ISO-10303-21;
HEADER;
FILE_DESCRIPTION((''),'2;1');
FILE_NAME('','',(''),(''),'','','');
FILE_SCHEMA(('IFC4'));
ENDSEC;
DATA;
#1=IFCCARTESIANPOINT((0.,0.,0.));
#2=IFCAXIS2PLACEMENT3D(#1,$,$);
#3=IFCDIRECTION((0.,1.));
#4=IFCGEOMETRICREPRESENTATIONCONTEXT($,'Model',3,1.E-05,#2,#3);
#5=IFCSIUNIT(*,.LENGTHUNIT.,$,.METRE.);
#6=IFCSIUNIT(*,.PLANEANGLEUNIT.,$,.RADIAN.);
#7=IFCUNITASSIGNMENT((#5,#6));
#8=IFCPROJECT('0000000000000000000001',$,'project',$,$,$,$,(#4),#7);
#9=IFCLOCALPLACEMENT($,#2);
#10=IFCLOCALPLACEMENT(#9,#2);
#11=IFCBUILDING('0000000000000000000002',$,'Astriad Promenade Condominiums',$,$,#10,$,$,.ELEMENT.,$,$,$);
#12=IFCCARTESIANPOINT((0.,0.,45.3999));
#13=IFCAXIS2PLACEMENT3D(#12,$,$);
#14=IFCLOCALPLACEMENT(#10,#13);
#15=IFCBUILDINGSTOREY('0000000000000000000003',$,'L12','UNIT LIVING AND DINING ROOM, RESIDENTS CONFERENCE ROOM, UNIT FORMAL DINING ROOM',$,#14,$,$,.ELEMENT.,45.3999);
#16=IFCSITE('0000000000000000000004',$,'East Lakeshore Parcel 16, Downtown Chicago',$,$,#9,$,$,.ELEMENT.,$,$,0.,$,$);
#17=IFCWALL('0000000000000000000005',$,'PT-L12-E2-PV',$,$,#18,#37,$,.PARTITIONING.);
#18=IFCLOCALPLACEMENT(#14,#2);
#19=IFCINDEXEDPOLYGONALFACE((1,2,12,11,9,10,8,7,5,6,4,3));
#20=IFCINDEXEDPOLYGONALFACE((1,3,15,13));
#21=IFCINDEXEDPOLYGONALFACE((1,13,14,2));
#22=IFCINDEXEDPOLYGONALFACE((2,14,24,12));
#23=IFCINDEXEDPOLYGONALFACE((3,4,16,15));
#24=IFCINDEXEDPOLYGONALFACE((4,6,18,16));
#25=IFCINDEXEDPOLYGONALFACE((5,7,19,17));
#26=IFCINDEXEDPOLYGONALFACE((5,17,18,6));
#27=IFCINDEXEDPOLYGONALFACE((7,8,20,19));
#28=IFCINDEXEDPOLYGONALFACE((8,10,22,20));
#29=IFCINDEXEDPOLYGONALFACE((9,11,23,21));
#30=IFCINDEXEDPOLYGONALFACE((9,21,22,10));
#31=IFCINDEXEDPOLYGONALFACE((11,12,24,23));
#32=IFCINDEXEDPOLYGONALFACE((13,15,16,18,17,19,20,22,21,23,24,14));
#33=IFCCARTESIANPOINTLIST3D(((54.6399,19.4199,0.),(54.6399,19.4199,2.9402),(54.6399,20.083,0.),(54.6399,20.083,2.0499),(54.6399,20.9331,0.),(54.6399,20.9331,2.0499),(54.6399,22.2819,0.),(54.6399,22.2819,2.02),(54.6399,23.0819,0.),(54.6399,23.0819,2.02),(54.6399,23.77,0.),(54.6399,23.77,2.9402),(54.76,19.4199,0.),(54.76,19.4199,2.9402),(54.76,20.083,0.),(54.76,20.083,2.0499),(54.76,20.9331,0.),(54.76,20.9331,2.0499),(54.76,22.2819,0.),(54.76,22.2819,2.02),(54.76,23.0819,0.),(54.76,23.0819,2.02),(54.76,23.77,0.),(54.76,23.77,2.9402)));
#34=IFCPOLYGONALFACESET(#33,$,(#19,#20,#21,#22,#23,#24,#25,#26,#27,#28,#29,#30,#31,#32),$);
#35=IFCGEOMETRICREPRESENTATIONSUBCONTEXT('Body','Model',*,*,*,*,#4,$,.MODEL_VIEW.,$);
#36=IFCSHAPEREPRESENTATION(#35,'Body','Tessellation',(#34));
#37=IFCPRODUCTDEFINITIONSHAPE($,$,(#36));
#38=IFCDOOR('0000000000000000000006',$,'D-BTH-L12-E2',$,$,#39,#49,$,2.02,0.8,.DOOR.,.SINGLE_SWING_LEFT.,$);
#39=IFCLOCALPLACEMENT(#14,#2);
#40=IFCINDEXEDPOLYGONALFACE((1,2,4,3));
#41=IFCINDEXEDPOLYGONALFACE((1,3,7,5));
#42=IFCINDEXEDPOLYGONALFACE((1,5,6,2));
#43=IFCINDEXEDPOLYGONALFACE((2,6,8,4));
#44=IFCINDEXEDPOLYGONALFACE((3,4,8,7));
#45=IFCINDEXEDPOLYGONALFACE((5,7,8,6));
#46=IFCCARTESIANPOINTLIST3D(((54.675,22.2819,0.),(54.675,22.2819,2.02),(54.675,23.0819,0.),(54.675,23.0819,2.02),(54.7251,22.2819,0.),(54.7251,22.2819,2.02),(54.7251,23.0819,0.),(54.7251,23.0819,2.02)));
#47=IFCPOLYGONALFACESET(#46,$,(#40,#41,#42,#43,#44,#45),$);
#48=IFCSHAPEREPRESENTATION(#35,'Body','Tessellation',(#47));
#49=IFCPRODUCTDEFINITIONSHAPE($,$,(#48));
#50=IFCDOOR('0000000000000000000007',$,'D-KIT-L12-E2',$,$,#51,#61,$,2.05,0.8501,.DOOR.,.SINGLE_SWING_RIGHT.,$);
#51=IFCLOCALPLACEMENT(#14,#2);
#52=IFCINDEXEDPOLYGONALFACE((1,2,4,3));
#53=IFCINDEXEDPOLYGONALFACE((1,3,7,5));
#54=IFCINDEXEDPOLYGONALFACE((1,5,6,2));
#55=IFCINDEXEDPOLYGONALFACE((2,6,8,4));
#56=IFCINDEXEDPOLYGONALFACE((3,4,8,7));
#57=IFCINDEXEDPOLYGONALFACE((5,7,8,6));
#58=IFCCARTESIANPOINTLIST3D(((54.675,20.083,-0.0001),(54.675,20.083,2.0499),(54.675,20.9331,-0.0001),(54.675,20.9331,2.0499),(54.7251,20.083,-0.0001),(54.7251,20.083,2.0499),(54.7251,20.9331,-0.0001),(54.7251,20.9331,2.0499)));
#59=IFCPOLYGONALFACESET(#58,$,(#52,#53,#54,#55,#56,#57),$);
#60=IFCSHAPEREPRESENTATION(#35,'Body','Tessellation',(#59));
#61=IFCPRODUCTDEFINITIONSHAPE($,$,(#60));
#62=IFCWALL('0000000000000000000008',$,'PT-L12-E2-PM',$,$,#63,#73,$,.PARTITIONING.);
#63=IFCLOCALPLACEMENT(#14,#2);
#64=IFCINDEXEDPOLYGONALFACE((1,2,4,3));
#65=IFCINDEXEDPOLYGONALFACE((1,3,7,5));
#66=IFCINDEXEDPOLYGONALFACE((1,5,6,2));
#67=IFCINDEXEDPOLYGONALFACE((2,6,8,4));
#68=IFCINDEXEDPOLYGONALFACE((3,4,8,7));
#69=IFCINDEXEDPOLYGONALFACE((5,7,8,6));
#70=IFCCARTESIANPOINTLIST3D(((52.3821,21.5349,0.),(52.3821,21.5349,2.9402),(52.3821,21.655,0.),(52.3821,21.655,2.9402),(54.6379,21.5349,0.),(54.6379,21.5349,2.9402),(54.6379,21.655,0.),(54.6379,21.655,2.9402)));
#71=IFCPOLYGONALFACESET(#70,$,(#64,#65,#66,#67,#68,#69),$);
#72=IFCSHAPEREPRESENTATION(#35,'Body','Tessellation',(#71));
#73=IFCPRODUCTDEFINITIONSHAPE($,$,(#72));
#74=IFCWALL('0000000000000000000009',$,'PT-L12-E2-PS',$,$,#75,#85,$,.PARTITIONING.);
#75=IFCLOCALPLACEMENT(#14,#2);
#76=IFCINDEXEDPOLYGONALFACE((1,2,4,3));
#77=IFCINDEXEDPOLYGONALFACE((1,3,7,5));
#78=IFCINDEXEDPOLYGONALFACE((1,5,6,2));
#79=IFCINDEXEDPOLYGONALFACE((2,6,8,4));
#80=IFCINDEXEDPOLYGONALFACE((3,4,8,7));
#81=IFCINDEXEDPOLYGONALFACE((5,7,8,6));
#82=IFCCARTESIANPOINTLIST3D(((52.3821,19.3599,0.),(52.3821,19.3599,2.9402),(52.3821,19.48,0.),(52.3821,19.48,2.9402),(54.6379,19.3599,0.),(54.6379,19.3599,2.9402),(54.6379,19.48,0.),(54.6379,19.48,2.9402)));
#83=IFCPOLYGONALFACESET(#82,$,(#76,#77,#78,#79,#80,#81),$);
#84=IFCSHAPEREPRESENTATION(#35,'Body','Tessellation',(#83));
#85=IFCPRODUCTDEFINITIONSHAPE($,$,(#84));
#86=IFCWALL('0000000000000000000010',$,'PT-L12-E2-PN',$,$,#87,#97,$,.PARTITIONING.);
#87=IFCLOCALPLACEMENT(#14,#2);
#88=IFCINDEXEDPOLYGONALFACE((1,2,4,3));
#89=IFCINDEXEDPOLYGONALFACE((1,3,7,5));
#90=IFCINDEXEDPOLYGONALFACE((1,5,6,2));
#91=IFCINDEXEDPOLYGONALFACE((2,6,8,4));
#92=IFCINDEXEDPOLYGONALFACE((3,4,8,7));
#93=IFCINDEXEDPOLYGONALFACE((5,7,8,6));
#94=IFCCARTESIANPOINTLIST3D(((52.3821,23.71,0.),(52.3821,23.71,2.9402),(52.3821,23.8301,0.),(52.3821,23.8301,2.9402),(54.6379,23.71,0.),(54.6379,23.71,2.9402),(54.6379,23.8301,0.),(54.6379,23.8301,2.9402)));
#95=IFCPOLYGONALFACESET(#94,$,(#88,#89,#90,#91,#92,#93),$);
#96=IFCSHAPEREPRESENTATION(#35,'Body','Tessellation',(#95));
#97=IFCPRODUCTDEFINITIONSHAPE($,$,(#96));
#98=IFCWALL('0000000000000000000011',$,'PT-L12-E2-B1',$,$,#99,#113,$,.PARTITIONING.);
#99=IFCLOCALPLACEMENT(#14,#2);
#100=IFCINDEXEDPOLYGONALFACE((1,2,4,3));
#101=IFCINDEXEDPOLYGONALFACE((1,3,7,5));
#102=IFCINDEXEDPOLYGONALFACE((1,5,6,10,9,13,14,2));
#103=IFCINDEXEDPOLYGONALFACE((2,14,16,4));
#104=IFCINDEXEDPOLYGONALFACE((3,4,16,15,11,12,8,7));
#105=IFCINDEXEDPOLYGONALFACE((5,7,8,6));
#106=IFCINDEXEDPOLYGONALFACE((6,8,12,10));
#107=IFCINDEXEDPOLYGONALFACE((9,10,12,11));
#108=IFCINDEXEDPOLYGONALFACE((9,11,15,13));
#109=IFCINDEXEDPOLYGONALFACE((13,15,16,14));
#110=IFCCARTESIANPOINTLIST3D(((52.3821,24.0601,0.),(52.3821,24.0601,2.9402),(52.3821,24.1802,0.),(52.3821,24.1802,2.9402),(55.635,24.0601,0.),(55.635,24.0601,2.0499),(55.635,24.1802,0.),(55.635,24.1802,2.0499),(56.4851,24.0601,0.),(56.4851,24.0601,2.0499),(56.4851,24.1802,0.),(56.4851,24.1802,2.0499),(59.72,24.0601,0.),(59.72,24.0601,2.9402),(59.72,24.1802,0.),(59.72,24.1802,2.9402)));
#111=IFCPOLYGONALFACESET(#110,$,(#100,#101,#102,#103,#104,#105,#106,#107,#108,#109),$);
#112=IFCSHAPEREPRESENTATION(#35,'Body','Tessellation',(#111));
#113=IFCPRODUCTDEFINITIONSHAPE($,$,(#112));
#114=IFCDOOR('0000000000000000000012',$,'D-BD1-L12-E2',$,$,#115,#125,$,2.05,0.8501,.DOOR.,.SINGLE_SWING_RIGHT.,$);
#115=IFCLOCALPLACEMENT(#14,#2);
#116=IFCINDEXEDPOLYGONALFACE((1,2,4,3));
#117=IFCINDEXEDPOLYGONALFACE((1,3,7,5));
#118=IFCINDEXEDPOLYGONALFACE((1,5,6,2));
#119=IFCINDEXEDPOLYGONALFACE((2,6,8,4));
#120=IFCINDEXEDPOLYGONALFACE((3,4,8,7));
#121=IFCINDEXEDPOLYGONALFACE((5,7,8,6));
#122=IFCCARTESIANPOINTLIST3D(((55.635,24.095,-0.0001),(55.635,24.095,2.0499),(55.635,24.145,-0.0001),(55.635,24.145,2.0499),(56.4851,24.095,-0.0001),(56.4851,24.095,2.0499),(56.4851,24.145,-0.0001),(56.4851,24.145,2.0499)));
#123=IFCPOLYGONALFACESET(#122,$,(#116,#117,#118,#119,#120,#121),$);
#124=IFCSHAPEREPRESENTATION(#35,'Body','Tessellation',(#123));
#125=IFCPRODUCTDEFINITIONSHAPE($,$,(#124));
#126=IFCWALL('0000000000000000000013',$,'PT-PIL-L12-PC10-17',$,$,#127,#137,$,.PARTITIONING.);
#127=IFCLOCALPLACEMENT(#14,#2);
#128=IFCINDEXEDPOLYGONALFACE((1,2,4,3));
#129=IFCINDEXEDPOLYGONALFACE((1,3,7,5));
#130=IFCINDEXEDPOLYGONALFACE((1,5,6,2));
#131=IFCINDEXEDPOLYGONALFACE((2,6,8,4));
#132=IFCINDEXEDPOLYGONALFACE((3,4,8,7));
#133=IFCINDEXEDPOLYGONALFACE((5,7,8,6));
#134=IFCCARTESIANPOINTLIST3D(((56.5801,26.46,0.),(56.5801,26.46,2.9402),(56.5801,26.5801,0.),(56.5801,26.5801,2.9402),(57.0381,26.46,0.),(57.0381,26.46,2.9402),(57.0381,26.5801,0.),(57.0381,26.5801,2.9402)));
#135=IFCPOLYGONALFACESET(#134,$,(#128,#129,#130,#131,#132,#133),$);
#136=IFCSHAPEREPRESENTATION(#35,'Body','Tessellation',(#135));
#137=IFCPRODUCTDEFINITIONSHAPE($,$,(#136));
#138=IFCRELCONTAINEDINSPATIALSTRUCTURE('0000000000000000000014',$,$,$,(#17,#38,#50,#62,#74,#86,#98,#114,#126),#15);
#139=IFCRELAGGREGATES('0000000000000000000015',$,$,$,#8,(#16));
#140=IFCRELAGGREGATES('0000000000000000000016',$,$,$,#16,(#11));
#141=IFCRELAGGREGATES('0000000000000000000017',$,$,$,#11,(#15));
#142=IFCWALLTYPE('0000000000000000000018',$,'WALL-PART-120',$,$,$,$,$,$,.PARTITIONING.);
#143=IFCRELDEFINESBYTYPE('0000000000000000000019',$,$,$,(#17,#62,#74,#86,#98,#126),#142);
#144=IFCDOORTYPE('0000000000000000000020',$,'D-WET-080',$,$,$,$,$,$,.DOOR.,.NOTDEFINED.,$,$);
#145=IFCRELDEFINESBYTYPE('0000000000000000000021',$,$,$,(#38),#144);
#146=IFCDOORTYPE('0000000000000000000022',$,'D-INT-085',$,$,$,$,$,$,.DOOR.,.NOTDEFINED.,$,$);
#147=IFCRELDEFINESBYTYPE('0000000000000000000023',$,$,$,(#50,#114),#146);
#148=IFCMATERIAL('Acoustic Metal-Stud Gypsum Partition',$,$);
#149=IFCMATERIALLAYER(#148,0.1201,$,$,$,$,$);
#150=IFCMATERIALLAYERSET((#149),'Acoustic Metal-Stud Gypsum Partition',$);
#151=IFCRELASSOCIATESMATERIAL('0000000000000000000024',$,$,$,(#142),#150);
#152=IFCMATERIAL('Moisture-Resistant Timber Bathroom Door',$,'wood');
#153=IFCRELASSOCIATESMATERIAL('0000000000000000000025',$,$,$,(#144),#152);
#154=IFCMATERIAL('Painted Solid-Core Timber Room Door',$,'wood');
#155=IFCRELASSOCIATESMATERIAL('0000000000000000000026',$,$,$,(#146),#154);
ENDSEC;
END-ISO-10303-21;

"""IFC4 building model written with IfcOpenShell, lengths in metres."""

from ifc_helpers import new_model, si_unit, direction, frame, frame_2d, origin, place, context, subcontext, project, spatial, rectangle, extrude, source, transform, mapped, material, layer, layer_set, type_object, type_shapes, element, fill, save


model = new_model("IFC4")

# Units and contexts
model_context = context("Model", 3, precision=1e-05, world=origin(), true_north=direction((0.0, 1.0)))
body_context = subcontext(model_context, "Body", "Model", "MODEL_VIEW")
ifc_project = project(units=[si_unit("LENGTHUNIT", "METRE"), si_unit("PLANEANGLEUNIT", "RADIAN")], contexts=[model_context])

# Site, building, storey
site_placement = place(None, origin())
site = spatial("IfcSite", under=ifc_project, at=site_placement, Name="East Lakeshore Parcel 16, Downtown Chicago", CompositionType="ELEMENT", RefElevation=0.0)
building_placement = place(site_placement, origin())
building = spatial("IfcBuilding", under=site, at=building_placement, Name="Astriad Promenade Condominiums", CompositionType="ELEMENT")
storey_placement = place(building_placement, frame((0.0, 0.0, 45.3999)))
storey = spatial("IfcBuildingStorey", under=building, at=storey_placement, Name="L12", Description="UNIT LIVING AND DINING ROOM, RESIDENTS CONFERENCE ROOM, UNIT FORMAL DINING ROOM", CompositionType="ELEMENT", Elevation=45.3999)

# Wall, openings, doors
ifc_material_1 = material(Name="Acoustic Metal-Stud Gypsum Partition")
ifc_layer_1 = layer(ifc_material_1, 0.1201)
ifc_layer_set_1 = layer_set([ifc_layer_1], Name="Acoustic Metal-Stud Gypsum Partition")
wall_type_1 = type_object("IfcWallType", Name="WALL-PART-120", PredefinedType="PARTITIONING", material=ifc_layer_set_1)
wall_1_placement = place(storey_placement, frame((54.7, 19.4199, 0.0), z_axis=(0.0, 0.0, 1.0), x_axis=(0.0, 1.0, 0.0)))
wall_1 = element("IfcWall", 1, at=wall_1_placement, inside=storey, type_object=wall_type_1, Name="PT-L12-E2-PV", PredefinedType="PARTITIONING", context=body_context, shape_type="SweptSolid", body=[
    extrude(rectangle(XDim=4.3501, YDim=0.1201, at=frame_2d((2.175, 0.0))), origin(), (0.0, 0.0, 1.0), 2.9402),
])
opening_1_placement = place(wall_1_placement, frame((0.6631, 0.0, 0.0)))
opening_1 = element("IfcOpeningElement", 2, at=opening_1_placement, cuts=wall_1, PredefinedType="OPENING", context=body_context, shape_type="SweptSolid", body=[
    extrude(rectangle(XDim=0.8501, YDim=2.05, at=frame_2d((0.425, 1.0249))), frame((0.0, 0.0701, 0.0), z_axis=(0.0, -1.0, 0.0), x_axis=(1.0, 0.0, 0.0)), (0.0, 0.0, 1.0), 0.1401),
])
opening_2_placement = place(wall_1_placement, frame((2.8621, 0.0, 0.0)))
opening_2 = element("IfcOpeningElement", 3, at=opening_2_placement, cuts=wall_1, PredefinedType="OPENING", context=body_context, shape_type="SweptSolid", body=[
    extrude(rectangle(XDim=0.8, YDim=2.02, at=frame_2d((0.3999, 1.01))), frame((0.0, 0.0701, 0.0), z_axis=(0.0, -1.0, 0.0), x_axis=(1.0, 0.0, 0.0)), (0.0, 0.0, 1.0), 0.1401),
])
ifc_material_2 = material(Name="Moisture-Resistant Timber Bathroom Door", Category="wood")
door_type_1 = type_object("IfcDoorType", Name="D-WET-080", OperationType="NOTDEFINED", PredefinedType="DOOR", material=ifc_material_2)
shared_shape_1 = source(origin(), body_context, "Body", "SweptSolid", [
    extrude(rectangle(XDim=0.8, YDim=2.02, at=frame_2d((0.3999, 1.01))), frame((0.0, 0.0249, 0.0), z_axis=(0.0, -1.0, 0.0), x_axis=(1.0, 0.0, 0.0)), (0.0, 0.0, 1.0), 0.05),
])
type_shapes(door_type_1, [shared_shape_1])
door_1_placement = place(opening_2_placement, origin())
door_1 = element("IfcDoor", 4, at=door_1_placement, inside=storey, type_object=door_type_1, Name="D-BTH-L12-E2", OperationType="SINGLE_SWING_LEFT", OverallHeight=2.02, OverallWidth=0.8, PredefinedType="DOOR", context=body_context, shape_type="MappedRepresentation", body=[
    mapped(shared_shape_1, transform((0.0, 0.0, 0.0), scale=1.0)),
])
fill(opening_2, door_1)
ifc_material_3 = material(Name="Painted Solid-Core Timber Room Door", Category="wood")
door_type_2 = type_object("IfcDoorType", Name="D-INT-085", OperationType="NOTDEFINED", PredefinedType="DOOR", material=ifc_material_3)
shared_shape_2 = source(origin(), body_context, "Body", "SweptSolid", [
    extrude(rectangle(XDim=0.8501, YDim=2.05, at=frame_2d((0.425, 1.0249))), frame((0.0, 0.0249, 0.0), z_axis=(0.0, -1.0, 0.0), x_axis=(1.0, 0.0, 0.0)), (0.0, 0.0, 1.0), 0.05),
])
type_shapes(door_type_2, [shared_shape_2])
door_2_placement = place(opening_1_placement, origin())
door_2 = element("IfcDoor", 5, at=door_2_placement, inside=storey, type_object=door_type_2, Name="D-KIT-L12-E2", OperationType="SINGLE_SWING_RIGHT", OverallHeight=2.05, OverallWidth=0.8501, PredefinedType="DOOR", context=body_context, shape_type="MappedRepresentation", body=[
    mapped(shared_shape_2, transform((0.0, 0.0, 0.0), scale=1.0)),
])
fill(opening_1, door_2)

# Walls
for number, where, z_axis, x_axis, name in (
    (6, (52.3821, 21.595, 0.0), (0.0, 0.0, 1.0), (1.0, 0.0, 0.0), "PT-L12-E2-PM"),
    (7, (52.3821, 19.4199, 0.0), (0.0, 0.0, 1.0), (1.0, 0.0, 0.0), "PT-L12-E2-PS"),
    (8, (52.3821, 23.77, 0.0), (0.0, 0.0, 1.0), (1.0, 0.0, 0.0), "PT-L12-E2-PN"),
):
    element("IfcWall", number, at=place(storey_placement, frame(where, z_axis=z_axis, x_axis=x_axis)), inside=storey, type_object=wall_type_1, Name=name, PredefinedType="PARTITIONING", context=body_context, shape_type="SweptSolid", body=[
        extrude(rectangle(XDim=2.2559, YDim=0.1201, at=frame_2d((1.1279, 0.0))), origin(), (0.0, 0.0, 1.0), 2.9402),
    ])

# Wall, opening, door
wall_2_placement = place(storey_placement, frame((52.3821, 24.1201, 0.0), z_axis=(0.0, 0.0, 1.0), x_axis=(1.0, 0.0, 0.0)))
wall_2 = element("IfcWall", 9, at=wall_2_placement, inside=storey, type_object=wall_type_1, Name="PT-L12-E2-B1", PredefinedType="PARTITIONING", context=body_context, shape_type="SweptSolid", body=[
    extrude(rectangle(XDim=7.3379, YDim=0.1201, at=frame_2d((3.6689, 0.0))), origin(), (0.0, 0.0, 1.0), 2.9402),
])
opening_3_placement = place(wall_2_placement, frame((3.2529, 0.0, 0.0)))
opening_3 = element("IfcOpeningElement", 10, at=opening_3_placement, cuts=wall_2, PredefinedType="OPENING", context=body_context, shape_type="SweptSolid", body=[
    extrude(rectangle(XDim=0.8501, YDim=2.05, at=frame_2d((0.425, 1.0249))), frame((0.0, 0.0701, 0.0), z_axis=(0.0, -1.0, 0.0), x_axis=(1.0, 0.0, 0.0)), (0.0, 0.0, 1.0), 0.1401),
])
door_3_placement = place(opening_3_placement, origin())
door_3 = element("IfcDoor", 11, at=door_3_placement, inside=storey, type_object=door_type_2, Name="D-BD1-L12-E2", OperationType="SINGLE_SWING_RIGHT", OverallHeight=2.05, OverallWidth=0.8501, PredefinedType="DOOR", context=body_context, shape_type="MappedRepresentation", body=[
    mapped(shared_shape_2, transform((0.0, 0.0, 0.0), scale=1.0)),
])
fill(opening_3, door_3)

# Wall
wall_3_placement = place(storey_placement, frame((56.5801, 26.52, 0.0), z_axis=(0.0, 0.0, 1.0), x_axis=(1.0, 0.0, 0.0)))
element("IfcWall", 12, at=wall_3_placement, inside=storey, type_object=wall_type_1, Name="PT-PIL-L12-PC10-17", PredefinedType="PARTITIONING", context=body_context, shape_type="SweptSolid", body=[
    extrude(rectangle(XDim=0.458, YDim=0.1201, at=frame_2d((0.229, 0.0))), origin(), (0.0, 0.0, 1.0), 2.9402),
])

save(model, "model.ifc")
